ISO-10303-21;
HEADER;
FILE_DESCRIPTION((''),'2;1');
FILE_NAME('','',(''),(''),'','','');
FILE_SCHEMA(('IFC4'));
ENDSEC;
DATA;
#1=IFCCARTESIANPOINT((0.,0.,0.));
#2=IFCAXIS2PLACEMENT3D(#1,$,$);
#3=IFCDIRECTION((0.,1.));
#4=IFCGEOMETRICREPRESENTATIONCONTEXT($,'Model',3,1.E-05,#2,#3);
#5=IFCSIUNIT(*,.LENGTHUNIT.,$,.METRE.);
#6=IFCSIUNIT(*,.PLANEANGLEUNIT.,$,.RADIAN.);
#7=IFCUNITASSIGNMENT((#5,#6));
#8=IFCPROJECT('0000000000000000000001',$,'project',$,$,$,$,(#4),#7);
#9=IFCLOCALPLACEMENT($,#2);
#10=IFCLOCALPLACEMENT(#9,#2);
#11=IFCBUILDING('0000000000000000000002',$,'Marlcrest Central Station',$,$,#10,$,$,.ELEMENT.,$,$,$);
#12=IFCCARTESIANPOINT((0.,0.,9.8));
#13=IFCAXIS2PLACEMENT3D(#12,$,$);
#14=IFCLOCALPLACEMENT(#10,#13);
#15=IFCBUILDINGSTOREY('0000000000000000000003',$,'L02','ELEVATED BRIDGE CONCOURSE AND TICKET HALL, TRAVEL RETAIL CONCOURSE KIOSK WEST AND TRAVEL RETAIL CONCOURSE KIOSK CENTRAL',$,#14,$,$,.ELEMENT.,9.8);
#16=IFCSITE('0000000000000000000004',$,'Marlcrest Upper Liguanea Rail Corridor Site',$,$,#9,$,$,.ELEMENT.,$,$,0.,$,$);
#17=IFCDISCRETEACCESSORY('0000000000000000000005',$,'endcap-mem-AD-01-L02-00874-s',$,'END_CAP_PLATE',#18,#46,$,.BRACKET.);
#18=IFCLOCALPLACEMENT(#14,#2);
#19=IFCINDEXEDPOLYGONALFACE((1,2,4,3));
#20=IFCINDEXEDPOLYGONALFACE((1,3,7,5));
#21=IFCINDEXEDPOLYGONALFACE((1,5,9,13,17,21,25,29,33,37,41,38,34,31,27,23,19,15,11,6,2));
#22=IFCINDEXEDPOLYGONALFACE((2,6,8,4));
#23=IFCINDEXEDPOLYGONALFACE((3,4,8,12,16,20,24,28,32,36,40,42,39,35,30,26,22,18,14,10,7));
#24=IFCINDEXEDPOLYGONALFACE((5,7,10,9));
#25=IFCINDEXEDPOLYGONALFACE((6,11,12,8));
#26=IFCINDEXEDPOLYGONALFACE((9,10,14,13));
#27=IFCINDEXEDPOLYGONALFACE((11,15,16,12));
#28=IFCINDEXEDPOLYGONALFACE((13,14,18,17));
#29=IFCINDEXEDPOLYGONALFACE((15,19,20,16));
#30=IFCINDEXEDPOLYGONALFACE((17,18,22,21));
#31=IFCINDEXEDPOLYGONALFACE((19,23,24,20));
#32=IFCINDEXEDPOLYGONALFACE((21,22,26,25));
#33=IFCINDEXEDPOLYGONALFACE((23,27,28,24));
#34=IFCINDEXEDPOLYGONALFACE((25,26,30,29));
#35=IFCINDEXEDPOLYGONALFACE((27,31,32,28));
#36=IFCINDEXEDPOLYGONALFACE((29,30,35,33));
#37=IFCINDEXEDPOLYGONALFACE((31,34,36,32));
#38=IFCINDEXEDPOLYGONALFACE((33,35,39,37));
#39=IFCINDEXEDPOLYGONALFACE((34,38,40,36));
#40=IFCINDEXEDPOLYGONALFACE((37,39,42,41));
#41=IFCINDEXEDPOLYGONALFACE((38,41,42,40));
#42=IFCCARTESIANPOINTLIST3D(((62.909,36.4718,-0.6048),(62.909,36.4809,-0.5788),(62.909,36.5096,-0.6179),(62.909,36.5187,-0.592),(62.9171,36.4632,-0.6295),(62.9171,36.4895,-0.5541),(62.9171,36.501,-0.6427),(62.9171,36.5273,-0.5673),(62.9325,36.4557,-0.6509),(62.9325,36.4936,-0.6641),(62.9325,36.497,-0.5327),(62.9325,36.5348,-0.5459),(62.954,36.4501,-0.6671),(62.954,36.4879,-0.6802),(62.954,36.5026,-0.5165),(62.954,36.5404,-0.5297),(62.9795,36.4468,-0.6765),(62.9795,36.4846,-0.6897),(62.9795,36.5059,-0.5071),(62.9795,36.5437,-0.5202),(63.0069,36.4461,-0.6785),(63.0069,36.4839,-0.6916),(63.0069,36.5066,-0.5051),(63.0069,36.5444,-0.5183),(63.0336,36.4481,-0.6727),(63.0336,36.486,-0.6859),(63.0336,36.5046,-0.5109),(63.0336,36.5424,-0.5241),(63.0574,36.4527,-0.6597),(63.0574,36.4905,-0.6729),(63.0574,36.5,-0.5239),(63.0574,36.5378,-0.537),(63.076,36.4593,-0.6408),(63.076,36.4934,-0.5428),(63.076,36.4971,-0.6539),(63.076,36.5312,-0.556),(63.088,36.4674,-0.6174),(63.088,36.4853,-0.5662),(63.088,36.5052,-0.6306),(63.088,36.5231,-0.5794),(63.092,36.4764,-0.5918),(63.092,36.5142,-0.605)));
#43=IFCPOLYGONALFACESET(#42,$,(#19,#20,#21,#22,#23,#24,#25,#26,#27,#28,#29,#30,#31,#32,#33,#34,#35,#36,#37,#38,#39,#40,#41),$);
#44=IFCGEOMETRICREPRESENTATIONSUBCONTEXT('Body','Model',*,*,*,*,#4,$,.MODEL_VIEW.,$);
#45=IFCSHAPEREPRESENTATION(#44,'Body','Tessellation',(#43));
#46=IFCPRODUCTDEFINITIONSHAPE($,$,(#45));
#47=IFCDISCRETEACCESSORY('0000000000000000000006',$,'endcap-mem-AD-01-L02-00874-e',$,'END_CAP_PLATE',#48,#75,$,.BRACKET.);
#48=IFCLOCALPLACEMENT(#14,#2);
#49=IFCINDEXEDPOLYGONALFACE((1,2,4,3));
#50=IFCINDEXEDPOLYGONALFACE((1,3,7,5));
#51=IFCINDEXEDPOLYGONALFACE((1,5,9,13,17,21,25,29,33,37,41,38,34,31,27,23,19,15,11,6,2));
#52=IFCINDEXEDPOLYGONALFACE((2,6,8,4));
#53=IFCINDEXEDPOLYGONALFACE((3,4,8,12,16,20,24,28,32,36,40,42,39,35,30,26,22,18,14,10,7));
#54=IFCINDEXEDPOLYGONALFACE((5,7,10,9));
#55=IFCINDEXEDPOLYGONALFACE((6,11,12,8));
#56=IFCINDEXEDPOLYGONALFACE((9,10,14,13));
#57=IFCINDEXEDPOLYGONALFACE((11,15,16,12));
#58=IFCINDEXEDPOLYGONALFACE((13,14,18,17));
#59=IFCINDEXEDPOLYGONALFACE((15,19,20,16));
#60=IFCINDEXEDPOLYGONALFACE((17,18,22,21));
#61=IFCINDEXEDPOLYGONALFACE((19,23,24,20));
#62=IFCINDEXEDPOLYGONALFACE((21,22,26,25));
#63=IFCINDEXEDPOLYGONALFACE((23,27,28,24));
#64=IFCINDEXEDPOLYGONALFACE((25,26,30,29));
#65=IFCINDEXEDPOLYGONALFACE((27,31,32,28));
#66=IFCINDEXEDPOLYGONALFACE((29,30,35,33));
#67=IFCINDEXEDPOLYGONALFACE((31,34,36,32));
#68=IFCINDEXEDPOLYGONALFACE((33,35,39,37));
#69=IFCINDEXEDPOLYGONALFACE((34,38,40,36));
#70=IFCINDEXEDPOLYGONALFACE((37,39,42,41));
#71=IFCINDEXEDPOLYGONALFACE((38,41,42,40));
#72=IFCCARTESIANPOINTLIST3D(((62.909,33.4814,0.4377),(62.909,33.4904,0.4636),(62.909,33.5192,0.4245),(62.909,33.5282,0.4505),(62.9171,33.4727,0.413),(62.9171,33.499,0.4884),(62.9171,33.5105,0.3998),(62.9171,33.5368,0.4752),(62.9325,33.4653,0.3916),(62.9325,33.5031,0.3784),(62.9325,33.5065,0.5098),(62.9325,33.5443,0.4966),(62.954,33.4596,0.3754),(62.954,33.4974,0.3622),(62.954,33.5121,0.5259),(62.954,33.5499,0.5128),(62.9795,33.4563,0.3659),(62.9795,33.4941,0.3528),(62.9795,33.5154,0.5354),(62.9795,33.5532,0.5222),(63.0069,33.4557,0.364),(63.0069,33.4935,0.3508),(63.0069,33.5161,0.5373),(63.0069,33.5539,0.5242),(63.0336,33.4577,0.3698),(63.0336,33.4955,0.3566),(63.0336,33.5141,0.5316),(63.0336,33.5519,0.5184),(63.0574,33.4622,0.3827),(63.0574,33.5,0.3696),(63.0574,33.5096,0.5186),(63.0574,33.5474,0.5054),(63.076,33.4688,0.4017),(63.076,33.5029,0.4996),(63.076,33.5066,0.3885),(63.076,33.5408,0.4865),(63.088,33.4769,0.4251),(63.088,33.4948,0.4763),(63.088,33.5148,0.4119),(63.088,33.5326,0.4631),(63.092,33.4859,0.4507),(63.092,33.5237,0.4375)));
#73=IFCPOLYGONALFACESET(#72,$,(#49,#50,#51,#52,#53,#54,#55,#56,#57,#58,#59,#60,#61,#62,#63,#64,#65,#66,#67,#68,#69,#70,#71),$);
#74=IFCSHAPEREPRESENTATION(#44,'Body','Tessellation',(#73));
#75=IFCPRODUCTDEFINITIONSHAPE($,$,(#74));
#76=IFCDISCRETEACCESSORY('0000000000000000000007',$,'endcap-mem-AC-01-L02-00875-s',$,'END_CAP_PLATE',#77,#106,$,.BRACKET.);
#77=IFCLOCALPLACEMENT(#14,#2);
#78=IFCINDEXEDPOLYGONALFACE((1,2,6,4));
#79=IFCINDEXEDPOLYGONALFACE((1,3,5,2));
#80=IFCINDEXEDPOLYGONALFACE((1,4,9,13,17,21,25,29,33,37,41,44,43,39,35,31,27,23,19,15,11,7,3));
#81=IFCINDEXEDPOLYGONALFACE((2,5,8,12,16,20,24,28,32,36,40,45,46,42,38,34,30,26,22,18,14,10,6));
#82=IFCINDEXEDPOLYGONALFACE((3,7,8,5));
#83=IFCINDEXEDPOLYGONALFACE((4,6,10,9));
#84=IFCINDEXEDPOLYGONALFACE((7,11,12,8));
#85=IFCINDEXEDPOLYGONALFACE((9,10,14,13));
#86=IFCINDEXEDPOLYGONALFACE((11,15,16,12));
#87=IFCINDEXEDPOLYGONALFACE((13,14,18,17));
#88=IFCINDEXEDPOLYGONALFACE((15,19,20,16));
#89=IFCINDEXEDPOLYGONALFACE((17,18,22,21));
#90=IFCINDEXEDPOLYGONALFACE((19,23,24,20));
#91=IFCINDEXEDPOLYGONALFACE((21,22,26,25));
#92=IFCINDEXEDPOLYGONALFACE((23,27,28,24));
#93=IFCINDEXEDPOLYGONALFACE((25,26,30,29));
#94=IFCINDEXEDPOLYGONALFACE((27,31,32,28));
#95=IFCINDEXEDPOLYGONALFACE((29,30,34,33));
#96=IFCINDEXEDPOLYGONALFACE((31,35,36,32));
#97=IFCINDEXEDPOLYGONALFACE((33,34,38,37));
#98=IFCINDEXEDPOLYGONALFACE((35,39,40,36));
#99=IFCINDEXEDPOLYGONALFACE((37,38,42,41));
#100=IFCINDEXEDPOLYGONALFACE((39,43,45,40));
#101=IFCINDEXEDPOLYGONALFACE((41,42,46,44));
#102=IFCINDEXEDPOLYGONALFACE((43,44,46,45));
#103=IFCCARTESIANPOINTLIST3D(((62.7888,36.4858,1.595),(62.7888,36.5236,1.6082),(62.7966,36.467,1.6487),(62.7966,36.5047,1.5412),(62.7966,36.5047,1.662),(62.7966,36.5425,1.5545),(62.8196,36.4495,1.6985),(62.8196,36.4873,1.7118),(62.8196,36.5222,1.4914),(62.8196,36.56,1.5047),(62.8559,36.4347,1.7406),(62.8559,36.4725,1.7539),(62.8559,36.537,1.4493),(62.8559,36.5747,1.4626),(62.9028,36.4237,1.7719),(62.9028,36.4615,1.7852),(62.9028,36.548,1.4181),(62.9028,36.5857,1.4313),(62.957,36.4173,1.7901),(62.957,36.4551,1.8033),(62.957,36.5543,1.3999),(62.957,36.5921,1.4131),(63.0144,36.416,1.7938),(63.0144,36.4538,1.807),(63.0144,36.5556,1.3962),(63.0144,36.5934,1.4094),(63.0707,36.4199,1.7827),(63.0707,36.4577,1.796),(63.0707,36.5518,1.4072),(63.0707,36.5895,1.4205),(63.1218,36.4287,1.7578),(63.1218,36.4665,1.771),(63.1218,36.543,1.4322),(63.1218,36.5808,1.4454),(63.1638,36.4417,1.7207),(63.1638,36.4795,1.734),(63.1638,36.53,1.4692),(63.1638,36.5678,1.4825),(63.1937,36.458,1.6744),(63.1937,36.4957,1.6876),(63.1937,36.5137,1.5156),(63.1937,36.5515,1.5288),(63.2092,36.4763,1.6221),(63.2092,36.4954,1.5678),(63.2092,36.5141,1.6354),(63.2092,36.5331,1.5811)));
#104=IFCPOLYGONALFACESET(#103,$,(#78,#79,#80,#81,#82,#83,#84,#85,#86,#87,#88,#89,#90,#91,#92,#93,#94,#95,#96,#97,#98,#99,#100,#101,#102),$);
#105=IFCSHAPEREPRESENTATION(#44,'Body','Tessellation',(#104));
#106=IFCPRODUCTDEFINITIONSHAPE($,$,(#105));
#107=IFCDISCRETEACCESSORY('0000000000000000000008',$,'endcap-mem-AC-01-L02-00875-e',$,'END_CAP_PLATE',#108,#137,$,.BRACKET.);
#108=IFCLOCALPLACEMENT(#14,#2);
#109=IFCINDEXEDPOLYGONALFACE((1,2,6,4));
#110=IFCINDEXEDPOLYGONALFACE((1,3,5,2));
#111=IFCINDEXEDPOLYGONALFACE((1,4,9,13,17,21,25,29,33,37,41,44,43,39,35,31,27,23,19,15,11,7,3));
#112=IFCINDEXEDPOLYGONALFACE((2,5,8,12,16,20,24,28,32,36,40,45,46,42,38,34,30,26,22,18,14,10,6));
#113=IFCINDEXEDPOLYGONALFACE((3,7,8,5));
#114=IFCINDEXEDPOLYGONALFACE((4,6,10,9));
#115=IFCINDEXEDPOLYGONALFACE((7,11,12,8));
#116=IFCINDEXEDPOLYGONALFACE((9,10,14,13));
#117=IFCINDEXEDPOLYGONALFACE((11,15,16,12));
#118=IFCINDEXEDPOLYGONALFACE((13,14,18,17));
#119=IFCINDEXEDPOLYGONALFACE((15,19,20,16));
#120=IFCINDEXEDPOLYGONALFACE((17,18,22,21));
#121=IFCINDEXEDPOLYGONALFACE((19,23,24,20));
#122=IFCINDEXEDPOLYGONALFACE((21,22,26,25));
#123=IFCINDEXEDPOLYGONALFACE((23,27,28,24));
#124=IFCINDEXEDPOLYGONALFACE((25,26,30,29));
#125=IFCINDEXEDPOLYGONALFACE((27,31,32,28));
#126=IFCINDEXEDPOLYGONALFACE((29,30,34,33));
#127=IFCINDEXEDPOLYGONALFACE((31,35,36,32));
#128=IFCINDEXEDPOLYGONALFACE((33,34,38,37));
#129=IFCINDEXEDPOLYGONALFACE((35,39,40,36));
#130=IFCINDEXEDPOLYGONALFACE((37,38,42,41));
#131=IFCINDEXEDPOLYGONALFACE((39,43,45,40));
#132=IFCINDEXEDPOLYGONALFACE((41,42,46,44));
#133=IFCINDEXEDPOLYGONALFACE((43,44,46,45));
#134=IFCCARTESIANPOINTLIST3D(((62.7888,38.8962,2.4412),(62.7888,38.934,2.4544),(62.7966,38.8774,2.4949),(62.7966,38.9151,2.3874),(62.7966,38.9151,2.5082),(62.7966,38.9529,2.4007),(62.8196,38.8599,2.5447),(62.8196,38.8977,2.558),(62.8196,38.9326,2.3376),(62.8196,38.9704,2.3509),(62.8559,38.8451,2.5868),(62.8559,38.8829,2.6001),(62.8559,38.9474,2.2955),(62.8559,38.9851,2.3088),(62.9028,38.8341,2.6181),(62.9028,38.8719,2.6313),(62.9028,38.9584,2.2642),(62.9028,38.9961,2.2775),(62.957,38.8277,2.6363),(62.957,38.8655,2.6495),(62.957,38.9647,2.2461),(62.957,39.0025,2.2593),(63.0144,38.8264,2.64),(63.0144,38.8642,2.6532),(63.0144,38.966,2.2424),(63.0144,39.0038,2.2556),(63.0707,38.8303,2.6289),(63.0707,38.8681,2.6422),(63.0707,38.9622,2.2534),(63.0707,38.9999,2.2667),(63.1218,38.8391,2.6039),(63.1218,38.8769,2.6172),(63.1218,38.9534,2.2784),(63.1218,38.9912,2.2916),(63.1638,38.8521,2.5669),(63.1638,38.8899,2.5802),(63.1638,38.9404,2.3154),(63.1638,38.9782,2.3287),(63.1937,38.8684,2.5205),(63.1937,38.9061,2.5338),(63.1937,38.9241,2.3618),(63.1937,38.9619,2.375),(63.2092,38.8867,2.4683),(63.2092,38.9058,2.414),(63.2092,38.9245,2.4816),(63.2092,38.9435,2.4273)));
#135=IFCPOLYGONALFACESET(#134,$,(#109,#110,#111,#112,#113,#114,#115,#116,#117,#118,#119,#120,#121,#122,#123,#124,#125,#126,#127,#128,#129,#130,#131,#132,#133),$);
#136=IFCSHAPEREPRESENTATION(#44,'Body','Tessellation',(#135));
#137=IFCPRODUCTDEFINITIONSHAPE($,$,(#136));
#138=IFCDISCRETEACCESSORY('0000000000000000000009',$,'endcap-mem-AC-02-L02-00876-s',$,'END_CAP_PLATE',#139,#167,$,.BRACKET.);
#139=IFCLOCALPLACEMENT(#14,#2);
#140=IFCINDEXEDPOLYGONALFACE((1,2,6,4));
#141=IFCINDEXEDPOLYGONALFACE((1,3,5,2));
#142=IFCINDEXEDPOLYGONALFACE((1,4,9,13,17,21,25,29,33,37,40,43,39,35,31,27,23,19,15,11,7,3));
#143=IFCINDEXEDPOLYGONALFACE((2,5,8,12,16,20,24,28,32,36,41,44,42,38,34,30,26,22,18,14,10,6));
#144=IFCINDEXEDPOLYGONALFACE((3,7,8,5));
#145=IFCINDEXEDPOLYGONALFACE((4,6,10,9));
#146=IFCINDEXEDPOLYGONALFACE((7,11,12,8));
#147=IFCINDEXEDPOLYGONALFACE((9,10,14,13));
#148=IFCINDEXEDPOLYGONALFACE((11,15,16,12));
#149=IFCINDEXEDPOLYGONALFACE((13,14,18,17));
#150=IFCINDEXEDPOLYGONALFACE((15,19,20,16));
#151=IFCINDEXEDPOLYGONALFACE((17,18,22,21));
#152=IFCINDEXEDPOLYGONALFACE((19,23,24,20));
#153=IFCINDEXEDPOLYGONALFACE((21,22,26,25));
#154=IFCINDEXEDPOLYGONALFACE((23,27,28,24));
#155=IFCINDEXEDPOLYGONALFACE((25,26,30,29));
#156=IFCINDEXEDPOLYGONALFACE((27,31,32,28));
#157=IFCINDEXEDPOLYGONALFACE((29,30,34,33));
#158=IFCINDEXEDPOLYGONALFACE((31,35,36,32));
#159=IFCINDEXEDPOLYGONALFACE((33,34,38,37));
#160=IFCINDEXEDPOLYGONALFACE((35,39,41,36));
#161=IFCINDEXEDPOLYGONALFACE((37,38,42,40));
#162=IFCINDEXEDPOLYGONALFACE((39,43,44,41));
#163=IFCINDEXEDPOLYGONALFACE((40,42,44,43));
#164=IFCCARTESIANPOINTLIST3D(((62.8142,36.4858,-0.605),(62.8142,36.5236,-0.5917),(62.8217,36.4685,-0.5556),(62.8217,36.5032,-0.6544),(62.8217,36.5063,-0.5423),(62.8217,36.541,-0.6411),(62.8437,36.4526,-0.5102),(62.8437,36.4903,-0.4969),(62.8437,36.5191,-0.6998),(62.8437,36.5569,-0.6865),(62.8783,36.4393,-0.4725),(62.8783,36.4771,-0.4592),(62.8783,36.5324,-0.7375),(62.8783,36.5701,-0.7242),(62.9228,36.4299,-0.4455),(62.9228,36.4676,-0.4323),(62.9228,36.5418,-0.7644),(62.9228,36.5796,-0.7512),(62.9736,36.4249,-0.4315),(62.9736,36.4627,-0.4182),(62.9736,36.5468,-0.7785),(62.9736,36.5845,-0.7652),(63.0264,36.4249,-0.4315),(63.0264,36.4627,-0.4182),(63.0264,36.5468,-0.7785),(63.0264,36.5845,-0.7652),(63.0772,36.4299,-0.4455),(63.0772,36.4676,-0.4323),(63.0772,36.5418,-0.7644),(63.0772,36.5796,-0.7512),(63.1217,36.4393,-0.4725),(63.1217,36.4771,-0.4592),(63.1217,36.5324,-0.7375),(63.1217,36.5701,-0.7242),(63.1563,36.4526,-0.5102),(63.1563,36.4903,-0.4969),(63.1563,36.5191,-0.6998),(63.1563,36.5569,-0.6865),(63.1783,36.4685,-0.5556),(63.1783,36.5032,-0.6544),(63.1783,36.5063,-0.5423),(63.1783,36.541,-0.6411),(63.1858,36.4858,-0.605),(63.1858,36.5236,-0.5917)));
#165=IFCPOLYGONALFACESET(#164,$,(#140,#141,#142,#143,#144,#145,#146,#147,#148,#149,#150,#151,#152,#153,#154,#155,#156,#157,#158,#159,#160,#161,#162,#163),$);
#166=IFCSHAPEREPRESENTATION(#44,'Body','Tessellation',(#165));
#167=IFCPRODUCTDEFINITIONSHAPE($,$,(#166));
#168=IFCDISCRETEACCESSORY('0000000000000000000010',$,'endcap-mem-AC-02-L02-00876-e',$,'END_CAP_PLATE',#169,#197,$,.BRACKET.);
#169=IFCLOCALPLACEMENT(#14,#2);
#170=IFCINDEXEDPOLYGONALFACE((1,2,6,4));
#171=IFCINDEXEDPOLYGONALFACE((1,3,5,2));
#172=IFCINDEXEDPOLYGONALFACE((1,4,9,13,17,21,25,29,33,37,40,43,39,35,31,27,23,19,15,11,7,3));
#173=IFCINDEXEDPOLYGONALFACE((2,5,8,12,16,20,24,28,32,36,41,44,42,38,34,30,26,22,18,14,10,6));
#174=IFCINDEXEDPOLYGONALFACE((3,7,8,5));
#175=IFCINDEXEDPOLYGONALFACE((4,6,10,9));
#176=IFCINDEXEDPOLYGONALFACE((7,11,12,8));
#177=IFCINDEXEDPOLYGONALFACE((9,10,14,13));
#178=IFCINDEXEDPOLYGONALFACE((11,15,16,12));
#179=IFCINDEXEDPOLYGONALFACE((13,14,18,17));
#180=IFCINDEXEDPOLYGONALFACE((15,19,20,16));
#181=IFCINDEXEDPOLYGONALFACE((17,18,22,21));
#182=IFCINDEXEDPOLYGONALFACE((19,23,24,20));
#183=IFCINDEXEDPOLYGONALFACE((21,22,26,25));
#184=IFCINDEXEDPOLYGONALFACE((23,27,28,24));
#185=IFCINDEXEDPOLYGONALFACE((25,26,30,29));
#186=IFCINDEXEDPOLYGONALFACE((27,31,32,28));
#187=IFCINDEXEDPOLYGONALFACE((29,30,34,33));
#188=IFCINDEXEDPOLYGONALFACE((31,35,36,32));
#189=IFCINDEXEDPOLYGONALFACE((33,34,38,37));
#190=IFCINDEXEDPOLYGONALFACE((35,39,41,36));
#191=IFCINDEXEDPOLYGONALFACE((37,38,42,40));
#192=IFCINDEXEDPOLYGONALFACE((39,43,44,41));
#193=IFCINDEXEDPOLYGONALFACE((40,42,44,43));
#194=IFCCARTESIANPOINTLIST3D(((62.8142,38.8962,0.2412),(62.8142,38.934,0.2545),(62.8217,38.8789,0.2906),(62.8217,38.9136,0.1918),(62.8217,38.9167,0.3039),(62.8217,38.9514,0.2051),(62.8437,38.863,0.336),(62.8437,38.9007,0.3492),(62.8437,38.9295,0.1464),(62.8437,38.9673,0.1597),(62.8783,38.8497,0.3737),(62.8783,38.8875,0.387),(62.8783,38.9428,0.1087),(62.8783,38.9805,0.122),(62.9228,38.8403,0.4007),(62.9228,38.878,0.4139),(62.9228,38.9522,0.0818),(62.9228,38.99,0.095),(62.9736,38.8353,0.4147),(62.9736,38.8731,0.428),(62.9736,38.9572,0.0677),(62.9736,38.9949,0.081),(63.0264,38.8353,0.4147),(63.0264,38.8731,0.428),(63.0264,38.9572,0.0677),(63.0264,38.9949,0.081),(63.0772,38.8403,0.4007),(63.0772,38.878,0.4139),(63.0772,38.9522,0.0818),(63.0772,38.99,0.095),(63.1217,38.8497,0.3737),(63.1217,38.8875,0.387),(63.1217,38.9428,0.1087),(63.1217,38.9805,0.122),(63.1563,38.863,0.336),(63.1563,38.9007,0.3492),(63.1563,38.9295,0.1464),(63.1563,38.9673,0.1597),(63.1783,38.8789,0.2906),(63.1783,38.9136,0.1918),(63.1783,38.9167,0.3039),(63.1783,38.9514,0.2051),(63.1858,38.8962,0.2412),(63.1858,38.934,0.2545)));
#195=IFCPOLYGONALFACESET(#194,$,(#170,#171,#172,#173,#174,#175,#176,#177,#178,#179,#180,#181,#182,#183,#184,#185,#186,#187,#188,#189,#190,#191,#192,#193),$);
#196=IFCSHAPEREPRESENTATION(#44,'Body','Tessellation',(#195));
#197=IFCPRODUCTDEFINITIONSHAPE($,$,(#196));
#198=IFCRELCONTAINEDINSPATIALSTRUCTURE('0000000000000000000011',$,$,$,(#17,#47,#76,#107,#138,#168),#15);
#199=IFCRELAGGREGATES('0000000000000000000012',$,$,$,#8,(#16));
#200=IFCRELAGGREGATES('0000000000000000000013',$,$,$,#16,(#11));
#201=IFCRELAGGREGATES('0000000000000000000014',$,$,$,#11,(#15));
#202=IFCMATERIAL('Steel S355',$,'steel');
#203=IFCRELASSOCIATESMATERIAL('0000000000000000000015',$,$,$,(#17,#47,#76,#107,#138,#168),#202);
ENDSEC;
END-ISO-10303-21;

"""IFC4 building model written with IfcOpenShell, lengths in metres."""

from ifc_helpers import new_model, si_unit, direction, frame, origin, origin_2d, place, context, subcontext, project, spatial, circle, extrude, material, element, save


model = new_model("IFC4")

# Units and contexts
model_context = context("Model", 3, precision=1e-05, world=origin(), true_north=direction((0.0, 1.0)))
body_context = subcontext(model_context, "Body", "Model", "MODEL_VIEW")
ifc_project = project(units=[si_unit("LENGTHUNIT", "METRE"), si_unit("PLANEANGLEUNIT", "RADIAN")], contexts=[model_context])

# Site, building, storey
site_placement = place(None, origin())
site = spatial("IfcSite", under=ifc_project, at=site_placement, Name="Marlcrest Upper Liguanea Rail Corridor Site", CompositionType="ELEMENT", RefElevation=0.0)
building_placement = place(site_placement, origin())
building = spatial("IfcBuilding", under=site, at=building_placement, Name="Marlcrest Central Station", CompositionType="ELEMENT")
storey_placement = place(building_placement, frame((0.0, 0.0, 9.8)))
storey = spatial("IfcBuildingStorey", under=building, at=storey_placement, Name="L02", Description="ELEVATED BRIDGE CONCOURSE AND TICKET HALL, TRAVEL RETAIL CONCOURSE KIOSK WEST AND TRAVEL RETAIL CONCOURSE KIOSK CENTRAL", CompositionType="ELEMENT", Elevation=9.8)

# Shared definitions
ifc_material_1 = material(Name="Steel S355", Category="steel")

# Discrete accessories
for number, where, z_axis, x_axis, name in (
    (1, (63.0, 36.5142, -0.605), (0.0, -0.94426, 0.3292), (1.0, 0.0, 0.0), "endcap-mem-AD-01-L02-00874-s"),
    (2, (63.0, 33.5237, 0.4375), (0.0, -0.94426, 0.3292), (1.0, 0.0, 0.0), "endcap-mem-AD-01-L02-00874-e"),
):
    element("IfcDiscreteAccessory", number, at=place(storey_placement, frame(where, z_axis=z_axis, x_axis=x_axis)), inside=storey, material=ifc_material_1, Name=name, ObjectType="END_CAP_PLATE", PredefinedType="BRACKET", context=body_context, shape_type="SweptSolid", body=[
        extrude(circle(Radius=0.092, at=origin_2d()), origin(), (0.0, 0.0, 1.0), 0.04),
    ])
for number, where, z_axis, x_axis, name in (
    (3, (63.0, 36.4858, 1.595), (0.0, 0.943537, 0.331266), (-1.0, 0.0, 0.0), "endcap-mem-AC-01-L02-00875-s"),
    (4, (63.0, 38.8962, 2.4412), (0.0, 0.943537, 0.331266), (-1.0, 0.0, 0.0), "endcap-mem-AC-01-L02-00875-e"),
):
    element("IfcDiscreteAccessory", number, at=place(storey_placement, frame(where, z_axis=z_axis, x_axis=x_axis)), inside=storey, material=ifc_material_1, Name=name, ObjectType="END_CAP_PLATE", PredefinedType="BRACKET", context=body_context, shape_type="SweptSolid", body=[
        extrude(circle(Radius=0.2112, at=origin_2d()), origin(), (0.0, 0.0, 1.0), 0.04),
    ])
for number, where, z_axis, x_axis, name in (
    (5, (63.0, 36.4858, -0.605), (0.0, 0.943537, 0.331266), (-1.0, 0.0, 0.0), "endcap-mem-AC-02-L02-00876-s"),
    (6, (63.0, 38.8962, 0.2412), (0.0, 0.943537, 0.331266), (-1.0, 0.0, 0.0), "endcap-mem-AC-02-L02-00876-e"),
):
    element("IfcDiscreteAccessory", number, at=place(storey_placement, frame(where, z_axis=z_axis, x_axis=x_axis)), inside=storey, material=ifc_material_1, Name=name, ObjectType="END_CAP_PLATE", PredefinedType="BRACKET", context=body_context, shape_type="SweptSolid", body=[
        extrude(circle(Radius=0.1858, at=origin_2d()), origin(), (0.0, 0.0, 1.0), 0.04),
    ])

save(model, "model.ifc")
